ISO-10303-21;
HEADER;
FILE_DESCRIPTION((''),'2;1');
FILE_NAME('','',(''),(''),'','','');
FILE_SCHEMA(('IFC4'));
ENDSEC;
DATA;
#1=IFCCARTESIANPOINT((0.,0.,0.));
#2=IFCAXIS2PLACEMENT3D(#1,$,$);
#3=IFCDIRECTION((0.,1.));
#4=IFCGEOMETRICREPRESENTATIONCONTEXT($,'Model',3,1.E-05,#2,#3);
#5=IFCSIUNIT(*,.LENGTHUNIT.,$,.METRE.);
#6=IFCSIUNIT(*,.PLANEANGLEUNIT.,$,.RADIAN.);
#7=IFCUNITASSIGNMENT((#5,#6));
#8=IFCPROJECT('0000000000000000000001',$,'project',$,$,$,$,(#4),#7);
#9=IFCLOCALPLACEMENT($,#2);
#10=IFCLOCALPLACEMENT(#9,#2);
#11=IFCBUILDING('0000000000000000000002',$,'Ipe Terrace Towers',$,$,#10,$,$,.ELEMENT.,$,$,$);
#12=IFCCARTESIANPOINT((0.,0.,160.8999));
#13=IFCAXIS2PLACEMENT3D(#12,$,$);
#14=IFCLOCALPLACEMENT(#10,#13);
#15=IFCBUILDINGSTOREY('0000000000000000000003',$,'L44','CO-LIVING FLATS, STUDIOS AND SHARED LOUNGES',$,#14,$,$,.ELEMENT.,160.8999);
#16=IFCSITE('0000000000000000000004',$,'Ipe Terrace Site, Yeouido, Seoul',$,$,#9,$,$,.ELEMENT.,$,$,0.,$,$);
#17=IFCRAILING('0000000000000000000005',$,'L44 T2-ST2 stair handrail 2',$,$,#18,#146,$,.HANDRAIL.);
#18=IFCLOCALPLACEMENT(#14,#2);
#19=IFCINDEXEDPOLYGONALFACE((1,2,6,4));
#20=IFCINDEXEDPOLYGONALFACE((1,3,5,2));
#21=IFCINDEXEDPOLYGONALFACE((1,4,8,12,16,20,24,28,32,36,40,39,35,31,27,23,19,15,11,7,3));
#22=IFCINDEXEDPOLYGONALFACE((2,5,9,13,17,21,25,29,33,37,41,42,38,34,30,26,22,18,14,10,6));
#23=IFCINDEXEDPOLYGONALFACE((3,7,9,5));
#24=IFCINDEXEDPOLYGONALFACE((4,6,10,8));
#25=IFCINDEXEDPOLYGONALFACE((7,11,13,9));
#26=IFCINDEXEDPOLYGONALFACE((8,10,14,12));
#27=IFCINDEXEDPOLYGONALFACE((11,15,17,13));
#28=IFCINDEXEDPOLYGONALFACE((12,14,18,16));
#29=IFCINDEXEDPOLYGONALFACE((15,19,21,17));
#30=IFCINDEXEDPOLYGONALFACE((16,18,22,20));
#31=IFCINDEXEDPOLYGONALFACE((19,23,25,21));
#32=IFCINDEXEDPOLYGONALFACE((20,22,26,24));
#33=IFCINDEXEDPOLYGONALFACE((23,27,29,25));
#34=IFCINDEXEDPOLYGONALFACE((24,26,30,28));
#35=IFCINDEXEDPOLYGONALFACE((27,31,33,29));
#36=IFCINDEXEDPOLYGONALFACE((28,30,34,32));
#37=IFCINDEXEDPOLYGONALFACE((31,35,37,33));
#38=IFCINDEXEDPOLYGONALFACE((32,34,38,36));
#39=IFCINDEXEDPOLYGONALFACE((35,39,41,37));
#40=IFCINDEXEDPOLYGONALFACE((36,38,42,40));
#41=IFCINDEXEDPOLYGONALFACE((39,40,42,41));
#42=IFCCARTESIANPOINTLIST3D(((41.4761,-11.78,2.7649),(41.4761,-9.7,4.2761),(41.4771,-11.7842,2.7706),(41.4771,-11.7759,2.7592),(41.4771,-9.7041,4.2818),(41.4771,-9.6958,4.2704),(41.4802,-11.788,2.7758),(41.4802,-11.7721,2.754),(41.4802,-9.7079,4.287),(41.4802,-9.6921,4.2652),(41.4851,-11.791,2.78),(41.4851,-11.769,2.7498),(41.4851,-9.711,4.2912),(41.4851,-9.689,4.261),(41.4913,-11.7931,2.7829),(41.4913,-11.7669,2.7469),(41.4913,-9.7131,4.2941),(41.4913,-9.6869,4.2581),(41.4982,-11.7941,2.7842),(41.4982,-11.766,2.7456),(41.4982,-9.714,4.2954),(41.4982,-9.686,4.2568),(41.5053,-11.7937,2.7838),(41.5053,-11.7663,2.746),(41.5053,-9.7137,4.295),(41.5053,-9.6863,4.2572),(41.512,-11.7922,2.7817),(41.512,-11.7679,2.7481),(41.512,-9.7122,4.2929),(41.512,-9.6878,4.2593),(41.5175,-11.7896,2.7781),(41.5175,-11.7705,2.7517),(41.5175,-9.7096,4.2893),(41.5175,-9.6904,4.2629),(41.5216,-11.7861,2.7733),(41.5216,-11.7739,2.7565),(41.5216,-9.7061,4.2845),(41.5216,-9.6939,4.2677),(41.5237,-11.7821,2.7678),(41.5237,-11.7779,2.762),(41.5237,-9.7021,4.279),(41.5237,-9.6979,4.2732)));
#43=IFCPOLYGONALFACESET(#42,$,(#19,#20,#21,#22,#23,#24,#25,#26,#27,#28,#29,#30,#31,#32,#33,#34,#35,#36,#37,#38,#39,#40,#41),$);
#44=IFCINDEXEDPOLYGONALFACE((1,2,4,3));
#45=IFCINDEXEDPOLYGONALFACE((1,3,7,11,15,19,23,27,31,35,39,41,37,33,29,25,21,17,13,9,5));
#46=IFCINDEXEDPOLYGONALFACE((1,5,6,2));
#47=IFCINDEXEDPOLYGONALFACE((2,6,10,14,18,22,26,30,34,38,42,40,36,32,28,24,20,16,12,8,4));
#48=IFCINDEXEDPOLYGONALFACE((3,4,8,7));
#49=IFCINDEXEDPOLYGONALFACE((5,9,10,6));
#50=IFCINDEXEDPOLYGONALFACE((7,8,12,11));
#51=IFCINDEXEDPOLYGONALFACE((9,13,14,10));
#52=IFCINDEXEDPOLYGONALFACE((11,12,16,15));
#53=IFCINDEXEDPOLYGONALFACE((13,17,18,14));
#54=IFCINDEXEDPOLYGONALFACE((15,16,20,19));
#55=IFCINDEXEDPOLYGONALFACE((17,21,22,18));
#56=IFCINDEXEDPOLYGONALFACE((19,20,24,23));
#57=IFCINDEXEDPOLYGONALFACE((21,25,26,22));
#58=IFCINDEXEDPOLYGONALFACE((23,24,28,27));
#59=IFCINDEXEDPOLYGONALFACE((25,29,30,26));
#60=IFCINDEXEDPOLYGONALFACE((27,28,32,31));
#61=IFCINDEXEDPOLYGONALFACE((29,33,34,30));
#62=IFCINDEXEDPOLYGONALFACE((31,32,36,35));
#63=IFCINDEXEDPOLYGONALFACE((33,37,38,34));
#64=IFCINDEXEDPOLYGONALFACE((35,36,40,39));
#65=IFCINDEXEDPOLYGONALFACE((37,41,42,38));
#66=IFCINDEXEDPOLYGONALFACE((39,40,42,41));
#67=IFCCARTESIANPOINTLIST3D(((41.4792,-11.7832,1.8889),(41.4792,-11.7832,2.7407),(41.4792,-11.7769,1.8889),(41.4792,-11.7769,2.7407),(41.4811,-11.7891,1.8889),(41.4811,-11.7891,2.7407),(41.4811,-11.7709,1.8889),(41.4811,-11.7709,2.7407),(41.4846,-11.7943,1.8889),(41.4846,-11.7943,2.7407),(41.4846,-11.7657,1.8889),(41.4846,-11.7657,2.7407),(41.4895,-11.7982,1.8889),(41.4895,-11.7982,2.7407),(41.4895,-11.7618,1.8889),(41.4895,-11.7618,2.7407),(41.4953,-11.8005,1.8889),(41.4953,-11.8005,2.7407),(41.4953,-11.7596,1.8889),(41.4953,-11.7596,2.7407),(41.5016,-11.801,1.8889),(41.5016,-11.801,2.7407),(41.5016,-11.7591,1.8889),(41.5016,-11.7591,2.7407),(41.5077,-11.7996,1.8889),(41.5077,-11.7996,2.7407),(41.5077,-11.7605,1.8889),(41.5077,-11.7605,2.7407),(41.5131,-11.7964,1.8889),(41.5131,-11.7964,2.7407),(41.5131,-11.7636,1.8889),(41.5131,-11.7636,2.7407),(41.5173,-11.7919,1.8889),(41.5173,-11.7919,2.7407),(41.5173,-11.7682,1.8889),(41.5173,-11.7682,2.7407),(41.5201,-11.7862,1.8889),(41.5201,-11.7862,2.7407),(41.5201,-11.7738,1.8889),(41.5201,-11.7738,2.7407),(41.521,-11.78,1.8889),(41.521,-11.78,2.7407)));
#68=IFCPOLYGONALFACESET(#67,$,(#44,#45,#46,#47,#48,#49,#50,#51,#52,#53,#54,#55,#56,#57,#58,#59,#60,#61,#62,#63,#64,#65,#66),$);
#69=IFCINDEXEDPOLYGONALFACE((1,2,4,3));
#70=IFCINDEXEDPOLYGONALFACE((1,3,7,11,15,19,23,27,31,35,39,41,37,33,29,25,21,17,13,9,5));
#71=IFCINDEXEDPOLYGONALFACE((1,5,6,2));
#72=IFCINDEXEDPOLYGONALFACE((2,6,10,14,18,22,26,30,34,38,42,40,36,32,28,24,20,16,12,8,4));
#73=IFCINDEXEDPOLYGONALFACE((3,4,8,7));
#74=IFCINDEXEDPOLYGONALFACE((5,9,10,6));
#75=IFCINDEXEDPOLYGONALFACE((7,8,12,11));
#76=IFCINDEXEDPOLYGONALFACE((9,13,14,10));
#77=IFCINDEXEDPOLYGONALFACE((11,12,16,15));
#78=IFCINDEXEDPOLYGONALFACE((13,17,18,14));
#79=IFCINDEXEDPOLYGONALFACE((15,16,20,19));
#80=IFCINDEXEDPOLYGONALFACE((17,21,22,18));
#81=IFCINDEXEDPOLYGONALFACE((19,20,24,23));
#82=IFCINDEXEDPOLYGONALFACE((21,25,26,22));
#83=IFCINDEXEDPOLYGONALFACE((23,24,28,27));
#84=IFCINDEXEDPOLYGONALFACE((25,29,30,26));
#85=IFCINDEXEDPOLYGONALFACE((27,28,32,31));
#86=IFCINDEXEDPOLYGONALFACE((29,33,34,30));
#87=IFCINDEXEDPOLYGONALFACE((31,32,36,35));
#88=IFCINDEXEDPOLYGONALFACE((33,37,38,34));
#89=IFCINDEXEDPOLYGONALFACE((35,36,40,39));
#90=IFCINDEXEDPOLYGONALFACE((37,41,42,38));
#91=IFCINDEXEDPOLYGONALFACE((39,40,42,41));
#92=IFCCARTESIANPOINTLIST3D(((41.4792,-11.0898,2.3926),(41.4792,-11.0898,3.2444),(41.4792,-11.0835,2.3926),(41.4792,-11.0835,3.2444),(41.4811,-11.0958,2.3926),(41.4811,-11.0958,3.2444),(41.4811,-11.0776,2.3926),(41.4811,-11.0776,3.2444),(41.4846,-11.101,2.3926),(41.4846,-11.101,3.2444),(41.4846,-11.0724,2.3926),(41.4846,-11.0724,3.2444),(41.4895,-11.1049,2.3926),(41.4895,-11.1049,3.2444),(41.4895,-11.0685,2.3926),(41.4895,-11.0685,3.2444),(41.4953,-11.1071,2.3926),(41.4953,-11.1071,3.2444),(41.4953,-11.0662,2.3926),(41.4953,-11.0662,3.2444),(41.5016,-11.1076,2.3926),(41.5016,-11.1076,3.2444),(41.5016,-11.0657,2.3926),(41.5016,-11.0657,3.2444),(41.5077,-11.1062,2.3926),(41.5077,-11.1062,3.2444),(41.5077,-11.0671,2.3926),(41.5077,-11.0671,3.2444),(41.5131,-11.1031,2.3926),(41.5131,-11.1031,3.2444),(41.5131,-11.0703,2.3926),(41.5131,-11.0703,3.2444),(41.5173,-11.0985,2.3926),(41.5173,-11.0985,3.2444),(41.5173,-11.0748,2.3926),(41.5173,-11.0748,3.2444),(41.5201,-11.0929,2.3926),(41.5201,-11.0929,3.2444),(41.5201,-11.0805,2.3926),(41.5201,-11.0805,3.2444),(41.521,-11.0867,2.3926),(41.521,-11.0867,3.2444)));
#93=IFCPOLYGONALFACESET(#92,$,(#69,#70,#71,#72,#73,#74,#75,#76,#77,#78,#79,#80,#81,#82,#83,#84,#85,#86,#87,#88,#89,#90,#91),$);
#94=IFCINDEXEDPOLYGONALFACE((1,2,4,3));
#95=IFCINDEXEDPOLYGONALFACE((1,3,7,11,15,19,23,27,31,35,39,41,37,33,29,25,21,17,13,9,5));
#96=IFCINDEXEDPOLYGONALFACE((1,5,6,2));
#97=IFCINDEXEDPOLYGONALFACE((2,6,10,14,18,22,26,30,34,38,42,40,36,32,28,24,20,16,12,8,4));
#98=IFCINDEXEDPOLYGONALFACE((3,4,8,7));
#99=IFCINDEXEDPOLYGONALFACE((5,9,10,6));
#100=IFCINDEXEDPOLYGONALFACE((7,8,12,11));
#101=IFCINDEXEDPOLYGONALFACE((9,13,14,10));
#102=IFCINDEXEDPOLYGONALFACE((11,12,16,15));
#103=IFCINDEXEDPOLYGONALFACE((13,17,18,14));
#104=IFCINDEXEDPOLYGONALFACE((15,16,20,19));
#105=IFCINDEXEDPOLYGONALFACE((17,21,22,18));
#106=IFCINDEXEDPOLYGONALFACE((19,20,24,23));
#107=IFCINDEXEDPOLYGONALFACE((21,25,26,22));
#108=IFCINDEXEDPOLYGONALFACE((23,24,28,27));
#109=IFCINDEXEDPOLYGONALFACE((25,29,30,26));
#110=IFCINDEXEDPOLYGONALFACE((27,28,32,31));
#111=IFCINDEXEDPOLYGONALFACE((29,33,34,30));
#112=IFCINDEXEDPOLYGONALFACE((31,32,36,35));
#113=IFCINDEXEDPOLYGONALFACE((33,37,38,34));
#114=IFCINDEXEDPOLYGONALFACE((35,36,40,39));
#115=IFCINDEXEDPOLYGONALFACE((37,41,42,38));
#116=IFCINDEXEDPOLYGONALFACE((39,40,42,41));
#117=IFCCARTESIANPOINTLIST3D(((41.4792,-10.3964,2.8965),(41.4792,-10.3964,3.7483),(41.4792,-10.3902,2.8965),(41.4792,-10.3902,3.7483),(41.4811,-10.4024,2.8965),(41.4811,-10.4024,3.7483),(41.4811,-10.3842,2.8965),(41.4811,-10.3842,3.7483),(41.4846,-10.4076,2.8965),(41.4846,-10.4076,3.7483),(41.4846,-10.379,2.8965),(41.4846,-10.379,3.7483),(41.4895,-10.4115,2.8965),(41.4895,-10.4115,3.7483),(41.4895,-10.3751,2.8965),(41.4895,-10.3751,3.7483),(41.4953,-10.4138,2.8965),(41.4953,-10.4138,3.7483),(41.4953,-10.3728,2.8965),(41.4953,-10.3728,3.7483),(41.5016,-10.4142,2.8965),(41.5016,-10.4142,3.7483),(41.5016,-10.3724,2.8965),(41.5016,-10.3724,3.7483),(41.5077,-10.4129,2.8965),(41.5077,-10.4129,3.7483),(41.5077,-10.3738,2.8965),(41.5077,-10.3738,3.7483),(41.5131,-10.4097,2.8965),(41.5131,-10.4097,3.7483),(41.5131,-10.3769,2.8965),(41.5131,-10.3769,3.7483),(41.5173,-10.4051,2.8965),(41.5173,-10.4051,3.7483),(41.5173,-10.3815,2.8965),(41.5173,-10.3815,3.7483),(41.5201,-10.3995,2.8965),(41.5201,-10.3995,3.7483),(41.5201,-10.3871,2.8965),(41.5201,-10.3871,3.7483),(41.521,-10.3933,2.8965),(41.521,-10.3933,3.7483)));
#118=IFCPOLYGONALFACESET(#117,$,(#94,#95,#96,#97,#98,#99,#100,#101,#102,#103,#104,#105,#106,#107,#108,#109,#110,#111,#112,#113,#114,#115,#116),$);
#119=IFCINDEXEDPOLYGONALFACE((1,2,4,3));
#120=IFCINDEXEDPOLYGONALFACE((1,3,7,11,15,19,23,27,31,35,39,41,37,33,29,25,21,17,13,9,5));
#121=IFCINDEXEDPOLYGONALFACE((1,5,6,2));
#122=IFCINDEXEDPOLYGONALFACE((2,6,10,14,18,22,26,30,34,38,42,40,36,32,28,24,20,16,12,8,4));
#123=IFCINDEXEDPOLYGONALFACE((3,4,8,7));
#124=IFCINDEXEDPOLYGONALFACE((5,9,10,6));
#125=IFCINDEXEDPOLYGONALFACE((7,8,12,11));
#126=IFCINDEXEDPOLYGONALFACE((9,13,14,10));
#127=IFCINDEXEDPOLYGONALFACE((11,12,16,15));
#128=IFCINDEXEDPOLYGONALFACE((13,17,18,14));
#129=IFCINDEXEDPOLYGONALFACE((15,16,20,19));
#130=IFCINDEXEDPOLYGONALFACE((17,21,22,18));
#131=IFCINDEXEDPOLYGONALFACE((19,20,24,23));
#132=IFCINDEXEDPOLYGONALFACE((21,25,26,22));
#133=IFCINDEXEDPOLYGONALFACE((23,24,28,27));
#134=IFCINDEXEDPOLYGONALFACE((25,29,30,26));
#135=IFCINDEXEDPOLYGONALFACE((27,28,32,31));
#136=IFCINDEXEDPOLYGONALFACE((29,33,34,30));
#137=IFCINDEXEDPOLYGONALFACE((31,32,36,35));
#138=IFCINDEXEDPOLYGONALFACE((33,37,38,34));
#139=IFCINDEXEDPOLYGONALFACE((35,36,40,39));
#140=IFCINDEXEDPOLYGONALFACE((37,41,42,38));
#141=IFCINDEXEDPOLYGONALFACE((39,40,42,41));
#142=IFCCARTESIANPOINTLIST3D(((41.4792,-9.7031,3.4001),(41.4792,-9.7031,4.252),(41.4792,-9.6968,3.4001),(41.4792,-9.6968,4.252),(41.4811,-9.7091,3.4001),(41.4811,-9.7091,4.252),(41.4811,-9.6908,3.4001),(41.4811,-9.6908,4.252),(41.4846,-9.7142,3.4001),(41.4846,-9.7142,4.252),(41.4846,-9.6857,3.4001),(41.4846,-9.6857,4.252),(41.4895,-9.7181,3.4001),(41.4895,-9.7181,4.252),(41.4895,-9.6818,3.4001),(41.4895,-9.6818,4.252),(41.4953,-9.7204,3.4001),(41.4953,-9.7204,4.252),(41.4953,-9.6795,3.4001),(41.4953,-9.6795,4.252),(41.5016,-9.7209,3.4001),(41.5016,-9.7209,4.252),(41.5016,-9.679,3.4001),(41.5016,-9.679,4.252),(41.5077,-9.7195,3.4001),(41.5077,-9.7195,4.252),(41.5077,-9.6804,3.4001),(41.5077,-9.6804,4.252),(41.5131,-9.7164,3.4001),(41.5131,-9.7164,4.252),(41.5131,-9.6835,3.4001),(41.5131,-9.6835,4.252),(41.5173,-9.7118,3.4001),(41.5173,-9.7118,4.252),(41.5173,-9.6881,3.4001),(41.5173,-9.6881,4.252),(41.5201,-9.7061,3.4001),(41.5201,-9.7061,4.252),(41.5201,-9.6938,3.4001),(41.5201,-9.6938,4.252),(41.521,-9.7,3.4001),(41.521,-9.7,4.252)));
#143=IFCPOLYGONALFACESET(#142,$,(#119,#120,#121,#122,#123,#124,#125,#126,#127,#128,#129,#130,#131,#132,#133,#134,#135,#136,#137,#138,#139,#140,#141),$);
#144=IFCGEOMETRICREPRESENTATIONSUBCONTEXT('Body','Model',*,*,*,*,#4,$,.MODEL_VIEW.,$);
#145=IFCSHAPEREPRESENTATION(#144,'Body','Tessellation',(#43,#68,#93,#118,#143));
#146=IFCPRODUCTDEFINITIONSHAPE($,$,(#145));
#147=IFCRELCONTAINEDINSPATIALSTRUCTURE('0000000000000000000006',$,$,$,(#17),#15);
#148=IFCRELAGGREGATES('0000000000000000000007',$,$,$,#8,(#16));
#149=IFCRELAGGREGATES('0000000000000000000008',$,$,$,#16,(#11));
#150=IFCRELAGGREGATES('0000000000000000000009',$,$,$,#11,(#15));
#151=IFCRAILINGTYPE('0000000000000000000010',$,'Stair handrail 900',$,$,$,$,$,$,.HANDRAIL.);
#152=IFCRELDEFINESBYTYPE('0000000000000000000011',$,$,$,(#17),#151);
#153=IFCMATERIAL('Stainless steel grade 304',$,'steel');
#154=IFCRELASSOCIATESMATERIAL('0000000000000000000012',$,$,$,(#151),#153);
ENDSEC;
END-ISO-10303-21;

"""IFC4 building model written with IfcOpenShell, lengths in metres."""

from ifc_helpers import new_model, si_unit, direction, frame, origin, origin_2d, place, context, subcontext, project, spatial, circle, extrude, material, type_object, element, save


model = new_model("IFC4")

# Units and contexts
model_context = context("Model", 3, precision=1e-05, world=origin(), true_north=direction((0.0, 1.0)))
body_context = subcontext(model_context, "Body", "Model", "MODEL_VIEW")
ifc_project = project(units=[si_unit("LENGTHUNIT", "METRE"), si_unit("PLANEANGLEUNIT", "RADIAN")], contexts=[model_context])

# Site, building, storey
site_placement = place(None, origin())
site = spatial("IfcSite", under=ifc_project, at=site_placement, Name="Ipe Terrace Site, Yeouido, Seoul", CompositionType="ELEMENT", RefElevation=0.0)
building_placement = place(site_placement, origin())
building = spatial("IfcBuilding", under=site, at=building_placement, Name="Ipe Terrace Towers", CompositionType="ELEMENT")
storey_placement = place(building_placement, frame((0.0, 0.0, 160.8999)))
storey = spatial("IfcBuildingStorey", under=building, at=storey_placement, Name="L44", Description="CO-LIVING FLATS, STUDIOS AND SHARED LOUNGES", CompositionType="ELEMENT", Elevation=160.8999)

# Railing
ifc_material_1 = material(Name="Stainless steel grade 304", Category="steel")
railing_type_1 = type_object("IfcRailingType", Name="Stair handrail 900", PredefinedType="HANDRAIL", material=ifc_material_1)
railing_1_placement = place(storey_placement, frame((41.5, -11.78, 1.8889)))
element("IfcRailing", 1, at=railing_1_placement, inside=storey, type_object=railing_type_1, Name="L44 T2-ST2 stair handrail 2", PredefinedType="HANDRAIL", context=body_context, shape_type="SweptSolid", body=[
    extrude(circle(Radius=0.0239, at=origin_2d()), frame((0.0, 0.0, 0.876), z_axis=(0.0, 0.809023, 0.587776), x_axis=(-1.0, 0.0, 0.0)), (0.0, 0.0, 1.0), 2.571),
    extrude(circle(Radius=0.021, at=origin_2d()), origin(), (0.0, 0.0, 1.0), 0.8518),
    extrude(circle(Radius=0.021, at=origin_2d()), frame((0.0, 0.6934, 0.5037)), (0.0, 0.0, 1.0), 0.8518),
    extrude(circle(Radius=0.021, at=origin_2d()), frame((0.0, 1.3867, 1.0076)), (0.0, 0.0, 1.0), 0.8518),
    extrude(circle(Radius=0.021, at=origin_2d()), frame((0.0, 2.0801, 1.5112)), (0.0, 0.0, 1.0), 0.8518),
])

save(model, "model.ifc")
